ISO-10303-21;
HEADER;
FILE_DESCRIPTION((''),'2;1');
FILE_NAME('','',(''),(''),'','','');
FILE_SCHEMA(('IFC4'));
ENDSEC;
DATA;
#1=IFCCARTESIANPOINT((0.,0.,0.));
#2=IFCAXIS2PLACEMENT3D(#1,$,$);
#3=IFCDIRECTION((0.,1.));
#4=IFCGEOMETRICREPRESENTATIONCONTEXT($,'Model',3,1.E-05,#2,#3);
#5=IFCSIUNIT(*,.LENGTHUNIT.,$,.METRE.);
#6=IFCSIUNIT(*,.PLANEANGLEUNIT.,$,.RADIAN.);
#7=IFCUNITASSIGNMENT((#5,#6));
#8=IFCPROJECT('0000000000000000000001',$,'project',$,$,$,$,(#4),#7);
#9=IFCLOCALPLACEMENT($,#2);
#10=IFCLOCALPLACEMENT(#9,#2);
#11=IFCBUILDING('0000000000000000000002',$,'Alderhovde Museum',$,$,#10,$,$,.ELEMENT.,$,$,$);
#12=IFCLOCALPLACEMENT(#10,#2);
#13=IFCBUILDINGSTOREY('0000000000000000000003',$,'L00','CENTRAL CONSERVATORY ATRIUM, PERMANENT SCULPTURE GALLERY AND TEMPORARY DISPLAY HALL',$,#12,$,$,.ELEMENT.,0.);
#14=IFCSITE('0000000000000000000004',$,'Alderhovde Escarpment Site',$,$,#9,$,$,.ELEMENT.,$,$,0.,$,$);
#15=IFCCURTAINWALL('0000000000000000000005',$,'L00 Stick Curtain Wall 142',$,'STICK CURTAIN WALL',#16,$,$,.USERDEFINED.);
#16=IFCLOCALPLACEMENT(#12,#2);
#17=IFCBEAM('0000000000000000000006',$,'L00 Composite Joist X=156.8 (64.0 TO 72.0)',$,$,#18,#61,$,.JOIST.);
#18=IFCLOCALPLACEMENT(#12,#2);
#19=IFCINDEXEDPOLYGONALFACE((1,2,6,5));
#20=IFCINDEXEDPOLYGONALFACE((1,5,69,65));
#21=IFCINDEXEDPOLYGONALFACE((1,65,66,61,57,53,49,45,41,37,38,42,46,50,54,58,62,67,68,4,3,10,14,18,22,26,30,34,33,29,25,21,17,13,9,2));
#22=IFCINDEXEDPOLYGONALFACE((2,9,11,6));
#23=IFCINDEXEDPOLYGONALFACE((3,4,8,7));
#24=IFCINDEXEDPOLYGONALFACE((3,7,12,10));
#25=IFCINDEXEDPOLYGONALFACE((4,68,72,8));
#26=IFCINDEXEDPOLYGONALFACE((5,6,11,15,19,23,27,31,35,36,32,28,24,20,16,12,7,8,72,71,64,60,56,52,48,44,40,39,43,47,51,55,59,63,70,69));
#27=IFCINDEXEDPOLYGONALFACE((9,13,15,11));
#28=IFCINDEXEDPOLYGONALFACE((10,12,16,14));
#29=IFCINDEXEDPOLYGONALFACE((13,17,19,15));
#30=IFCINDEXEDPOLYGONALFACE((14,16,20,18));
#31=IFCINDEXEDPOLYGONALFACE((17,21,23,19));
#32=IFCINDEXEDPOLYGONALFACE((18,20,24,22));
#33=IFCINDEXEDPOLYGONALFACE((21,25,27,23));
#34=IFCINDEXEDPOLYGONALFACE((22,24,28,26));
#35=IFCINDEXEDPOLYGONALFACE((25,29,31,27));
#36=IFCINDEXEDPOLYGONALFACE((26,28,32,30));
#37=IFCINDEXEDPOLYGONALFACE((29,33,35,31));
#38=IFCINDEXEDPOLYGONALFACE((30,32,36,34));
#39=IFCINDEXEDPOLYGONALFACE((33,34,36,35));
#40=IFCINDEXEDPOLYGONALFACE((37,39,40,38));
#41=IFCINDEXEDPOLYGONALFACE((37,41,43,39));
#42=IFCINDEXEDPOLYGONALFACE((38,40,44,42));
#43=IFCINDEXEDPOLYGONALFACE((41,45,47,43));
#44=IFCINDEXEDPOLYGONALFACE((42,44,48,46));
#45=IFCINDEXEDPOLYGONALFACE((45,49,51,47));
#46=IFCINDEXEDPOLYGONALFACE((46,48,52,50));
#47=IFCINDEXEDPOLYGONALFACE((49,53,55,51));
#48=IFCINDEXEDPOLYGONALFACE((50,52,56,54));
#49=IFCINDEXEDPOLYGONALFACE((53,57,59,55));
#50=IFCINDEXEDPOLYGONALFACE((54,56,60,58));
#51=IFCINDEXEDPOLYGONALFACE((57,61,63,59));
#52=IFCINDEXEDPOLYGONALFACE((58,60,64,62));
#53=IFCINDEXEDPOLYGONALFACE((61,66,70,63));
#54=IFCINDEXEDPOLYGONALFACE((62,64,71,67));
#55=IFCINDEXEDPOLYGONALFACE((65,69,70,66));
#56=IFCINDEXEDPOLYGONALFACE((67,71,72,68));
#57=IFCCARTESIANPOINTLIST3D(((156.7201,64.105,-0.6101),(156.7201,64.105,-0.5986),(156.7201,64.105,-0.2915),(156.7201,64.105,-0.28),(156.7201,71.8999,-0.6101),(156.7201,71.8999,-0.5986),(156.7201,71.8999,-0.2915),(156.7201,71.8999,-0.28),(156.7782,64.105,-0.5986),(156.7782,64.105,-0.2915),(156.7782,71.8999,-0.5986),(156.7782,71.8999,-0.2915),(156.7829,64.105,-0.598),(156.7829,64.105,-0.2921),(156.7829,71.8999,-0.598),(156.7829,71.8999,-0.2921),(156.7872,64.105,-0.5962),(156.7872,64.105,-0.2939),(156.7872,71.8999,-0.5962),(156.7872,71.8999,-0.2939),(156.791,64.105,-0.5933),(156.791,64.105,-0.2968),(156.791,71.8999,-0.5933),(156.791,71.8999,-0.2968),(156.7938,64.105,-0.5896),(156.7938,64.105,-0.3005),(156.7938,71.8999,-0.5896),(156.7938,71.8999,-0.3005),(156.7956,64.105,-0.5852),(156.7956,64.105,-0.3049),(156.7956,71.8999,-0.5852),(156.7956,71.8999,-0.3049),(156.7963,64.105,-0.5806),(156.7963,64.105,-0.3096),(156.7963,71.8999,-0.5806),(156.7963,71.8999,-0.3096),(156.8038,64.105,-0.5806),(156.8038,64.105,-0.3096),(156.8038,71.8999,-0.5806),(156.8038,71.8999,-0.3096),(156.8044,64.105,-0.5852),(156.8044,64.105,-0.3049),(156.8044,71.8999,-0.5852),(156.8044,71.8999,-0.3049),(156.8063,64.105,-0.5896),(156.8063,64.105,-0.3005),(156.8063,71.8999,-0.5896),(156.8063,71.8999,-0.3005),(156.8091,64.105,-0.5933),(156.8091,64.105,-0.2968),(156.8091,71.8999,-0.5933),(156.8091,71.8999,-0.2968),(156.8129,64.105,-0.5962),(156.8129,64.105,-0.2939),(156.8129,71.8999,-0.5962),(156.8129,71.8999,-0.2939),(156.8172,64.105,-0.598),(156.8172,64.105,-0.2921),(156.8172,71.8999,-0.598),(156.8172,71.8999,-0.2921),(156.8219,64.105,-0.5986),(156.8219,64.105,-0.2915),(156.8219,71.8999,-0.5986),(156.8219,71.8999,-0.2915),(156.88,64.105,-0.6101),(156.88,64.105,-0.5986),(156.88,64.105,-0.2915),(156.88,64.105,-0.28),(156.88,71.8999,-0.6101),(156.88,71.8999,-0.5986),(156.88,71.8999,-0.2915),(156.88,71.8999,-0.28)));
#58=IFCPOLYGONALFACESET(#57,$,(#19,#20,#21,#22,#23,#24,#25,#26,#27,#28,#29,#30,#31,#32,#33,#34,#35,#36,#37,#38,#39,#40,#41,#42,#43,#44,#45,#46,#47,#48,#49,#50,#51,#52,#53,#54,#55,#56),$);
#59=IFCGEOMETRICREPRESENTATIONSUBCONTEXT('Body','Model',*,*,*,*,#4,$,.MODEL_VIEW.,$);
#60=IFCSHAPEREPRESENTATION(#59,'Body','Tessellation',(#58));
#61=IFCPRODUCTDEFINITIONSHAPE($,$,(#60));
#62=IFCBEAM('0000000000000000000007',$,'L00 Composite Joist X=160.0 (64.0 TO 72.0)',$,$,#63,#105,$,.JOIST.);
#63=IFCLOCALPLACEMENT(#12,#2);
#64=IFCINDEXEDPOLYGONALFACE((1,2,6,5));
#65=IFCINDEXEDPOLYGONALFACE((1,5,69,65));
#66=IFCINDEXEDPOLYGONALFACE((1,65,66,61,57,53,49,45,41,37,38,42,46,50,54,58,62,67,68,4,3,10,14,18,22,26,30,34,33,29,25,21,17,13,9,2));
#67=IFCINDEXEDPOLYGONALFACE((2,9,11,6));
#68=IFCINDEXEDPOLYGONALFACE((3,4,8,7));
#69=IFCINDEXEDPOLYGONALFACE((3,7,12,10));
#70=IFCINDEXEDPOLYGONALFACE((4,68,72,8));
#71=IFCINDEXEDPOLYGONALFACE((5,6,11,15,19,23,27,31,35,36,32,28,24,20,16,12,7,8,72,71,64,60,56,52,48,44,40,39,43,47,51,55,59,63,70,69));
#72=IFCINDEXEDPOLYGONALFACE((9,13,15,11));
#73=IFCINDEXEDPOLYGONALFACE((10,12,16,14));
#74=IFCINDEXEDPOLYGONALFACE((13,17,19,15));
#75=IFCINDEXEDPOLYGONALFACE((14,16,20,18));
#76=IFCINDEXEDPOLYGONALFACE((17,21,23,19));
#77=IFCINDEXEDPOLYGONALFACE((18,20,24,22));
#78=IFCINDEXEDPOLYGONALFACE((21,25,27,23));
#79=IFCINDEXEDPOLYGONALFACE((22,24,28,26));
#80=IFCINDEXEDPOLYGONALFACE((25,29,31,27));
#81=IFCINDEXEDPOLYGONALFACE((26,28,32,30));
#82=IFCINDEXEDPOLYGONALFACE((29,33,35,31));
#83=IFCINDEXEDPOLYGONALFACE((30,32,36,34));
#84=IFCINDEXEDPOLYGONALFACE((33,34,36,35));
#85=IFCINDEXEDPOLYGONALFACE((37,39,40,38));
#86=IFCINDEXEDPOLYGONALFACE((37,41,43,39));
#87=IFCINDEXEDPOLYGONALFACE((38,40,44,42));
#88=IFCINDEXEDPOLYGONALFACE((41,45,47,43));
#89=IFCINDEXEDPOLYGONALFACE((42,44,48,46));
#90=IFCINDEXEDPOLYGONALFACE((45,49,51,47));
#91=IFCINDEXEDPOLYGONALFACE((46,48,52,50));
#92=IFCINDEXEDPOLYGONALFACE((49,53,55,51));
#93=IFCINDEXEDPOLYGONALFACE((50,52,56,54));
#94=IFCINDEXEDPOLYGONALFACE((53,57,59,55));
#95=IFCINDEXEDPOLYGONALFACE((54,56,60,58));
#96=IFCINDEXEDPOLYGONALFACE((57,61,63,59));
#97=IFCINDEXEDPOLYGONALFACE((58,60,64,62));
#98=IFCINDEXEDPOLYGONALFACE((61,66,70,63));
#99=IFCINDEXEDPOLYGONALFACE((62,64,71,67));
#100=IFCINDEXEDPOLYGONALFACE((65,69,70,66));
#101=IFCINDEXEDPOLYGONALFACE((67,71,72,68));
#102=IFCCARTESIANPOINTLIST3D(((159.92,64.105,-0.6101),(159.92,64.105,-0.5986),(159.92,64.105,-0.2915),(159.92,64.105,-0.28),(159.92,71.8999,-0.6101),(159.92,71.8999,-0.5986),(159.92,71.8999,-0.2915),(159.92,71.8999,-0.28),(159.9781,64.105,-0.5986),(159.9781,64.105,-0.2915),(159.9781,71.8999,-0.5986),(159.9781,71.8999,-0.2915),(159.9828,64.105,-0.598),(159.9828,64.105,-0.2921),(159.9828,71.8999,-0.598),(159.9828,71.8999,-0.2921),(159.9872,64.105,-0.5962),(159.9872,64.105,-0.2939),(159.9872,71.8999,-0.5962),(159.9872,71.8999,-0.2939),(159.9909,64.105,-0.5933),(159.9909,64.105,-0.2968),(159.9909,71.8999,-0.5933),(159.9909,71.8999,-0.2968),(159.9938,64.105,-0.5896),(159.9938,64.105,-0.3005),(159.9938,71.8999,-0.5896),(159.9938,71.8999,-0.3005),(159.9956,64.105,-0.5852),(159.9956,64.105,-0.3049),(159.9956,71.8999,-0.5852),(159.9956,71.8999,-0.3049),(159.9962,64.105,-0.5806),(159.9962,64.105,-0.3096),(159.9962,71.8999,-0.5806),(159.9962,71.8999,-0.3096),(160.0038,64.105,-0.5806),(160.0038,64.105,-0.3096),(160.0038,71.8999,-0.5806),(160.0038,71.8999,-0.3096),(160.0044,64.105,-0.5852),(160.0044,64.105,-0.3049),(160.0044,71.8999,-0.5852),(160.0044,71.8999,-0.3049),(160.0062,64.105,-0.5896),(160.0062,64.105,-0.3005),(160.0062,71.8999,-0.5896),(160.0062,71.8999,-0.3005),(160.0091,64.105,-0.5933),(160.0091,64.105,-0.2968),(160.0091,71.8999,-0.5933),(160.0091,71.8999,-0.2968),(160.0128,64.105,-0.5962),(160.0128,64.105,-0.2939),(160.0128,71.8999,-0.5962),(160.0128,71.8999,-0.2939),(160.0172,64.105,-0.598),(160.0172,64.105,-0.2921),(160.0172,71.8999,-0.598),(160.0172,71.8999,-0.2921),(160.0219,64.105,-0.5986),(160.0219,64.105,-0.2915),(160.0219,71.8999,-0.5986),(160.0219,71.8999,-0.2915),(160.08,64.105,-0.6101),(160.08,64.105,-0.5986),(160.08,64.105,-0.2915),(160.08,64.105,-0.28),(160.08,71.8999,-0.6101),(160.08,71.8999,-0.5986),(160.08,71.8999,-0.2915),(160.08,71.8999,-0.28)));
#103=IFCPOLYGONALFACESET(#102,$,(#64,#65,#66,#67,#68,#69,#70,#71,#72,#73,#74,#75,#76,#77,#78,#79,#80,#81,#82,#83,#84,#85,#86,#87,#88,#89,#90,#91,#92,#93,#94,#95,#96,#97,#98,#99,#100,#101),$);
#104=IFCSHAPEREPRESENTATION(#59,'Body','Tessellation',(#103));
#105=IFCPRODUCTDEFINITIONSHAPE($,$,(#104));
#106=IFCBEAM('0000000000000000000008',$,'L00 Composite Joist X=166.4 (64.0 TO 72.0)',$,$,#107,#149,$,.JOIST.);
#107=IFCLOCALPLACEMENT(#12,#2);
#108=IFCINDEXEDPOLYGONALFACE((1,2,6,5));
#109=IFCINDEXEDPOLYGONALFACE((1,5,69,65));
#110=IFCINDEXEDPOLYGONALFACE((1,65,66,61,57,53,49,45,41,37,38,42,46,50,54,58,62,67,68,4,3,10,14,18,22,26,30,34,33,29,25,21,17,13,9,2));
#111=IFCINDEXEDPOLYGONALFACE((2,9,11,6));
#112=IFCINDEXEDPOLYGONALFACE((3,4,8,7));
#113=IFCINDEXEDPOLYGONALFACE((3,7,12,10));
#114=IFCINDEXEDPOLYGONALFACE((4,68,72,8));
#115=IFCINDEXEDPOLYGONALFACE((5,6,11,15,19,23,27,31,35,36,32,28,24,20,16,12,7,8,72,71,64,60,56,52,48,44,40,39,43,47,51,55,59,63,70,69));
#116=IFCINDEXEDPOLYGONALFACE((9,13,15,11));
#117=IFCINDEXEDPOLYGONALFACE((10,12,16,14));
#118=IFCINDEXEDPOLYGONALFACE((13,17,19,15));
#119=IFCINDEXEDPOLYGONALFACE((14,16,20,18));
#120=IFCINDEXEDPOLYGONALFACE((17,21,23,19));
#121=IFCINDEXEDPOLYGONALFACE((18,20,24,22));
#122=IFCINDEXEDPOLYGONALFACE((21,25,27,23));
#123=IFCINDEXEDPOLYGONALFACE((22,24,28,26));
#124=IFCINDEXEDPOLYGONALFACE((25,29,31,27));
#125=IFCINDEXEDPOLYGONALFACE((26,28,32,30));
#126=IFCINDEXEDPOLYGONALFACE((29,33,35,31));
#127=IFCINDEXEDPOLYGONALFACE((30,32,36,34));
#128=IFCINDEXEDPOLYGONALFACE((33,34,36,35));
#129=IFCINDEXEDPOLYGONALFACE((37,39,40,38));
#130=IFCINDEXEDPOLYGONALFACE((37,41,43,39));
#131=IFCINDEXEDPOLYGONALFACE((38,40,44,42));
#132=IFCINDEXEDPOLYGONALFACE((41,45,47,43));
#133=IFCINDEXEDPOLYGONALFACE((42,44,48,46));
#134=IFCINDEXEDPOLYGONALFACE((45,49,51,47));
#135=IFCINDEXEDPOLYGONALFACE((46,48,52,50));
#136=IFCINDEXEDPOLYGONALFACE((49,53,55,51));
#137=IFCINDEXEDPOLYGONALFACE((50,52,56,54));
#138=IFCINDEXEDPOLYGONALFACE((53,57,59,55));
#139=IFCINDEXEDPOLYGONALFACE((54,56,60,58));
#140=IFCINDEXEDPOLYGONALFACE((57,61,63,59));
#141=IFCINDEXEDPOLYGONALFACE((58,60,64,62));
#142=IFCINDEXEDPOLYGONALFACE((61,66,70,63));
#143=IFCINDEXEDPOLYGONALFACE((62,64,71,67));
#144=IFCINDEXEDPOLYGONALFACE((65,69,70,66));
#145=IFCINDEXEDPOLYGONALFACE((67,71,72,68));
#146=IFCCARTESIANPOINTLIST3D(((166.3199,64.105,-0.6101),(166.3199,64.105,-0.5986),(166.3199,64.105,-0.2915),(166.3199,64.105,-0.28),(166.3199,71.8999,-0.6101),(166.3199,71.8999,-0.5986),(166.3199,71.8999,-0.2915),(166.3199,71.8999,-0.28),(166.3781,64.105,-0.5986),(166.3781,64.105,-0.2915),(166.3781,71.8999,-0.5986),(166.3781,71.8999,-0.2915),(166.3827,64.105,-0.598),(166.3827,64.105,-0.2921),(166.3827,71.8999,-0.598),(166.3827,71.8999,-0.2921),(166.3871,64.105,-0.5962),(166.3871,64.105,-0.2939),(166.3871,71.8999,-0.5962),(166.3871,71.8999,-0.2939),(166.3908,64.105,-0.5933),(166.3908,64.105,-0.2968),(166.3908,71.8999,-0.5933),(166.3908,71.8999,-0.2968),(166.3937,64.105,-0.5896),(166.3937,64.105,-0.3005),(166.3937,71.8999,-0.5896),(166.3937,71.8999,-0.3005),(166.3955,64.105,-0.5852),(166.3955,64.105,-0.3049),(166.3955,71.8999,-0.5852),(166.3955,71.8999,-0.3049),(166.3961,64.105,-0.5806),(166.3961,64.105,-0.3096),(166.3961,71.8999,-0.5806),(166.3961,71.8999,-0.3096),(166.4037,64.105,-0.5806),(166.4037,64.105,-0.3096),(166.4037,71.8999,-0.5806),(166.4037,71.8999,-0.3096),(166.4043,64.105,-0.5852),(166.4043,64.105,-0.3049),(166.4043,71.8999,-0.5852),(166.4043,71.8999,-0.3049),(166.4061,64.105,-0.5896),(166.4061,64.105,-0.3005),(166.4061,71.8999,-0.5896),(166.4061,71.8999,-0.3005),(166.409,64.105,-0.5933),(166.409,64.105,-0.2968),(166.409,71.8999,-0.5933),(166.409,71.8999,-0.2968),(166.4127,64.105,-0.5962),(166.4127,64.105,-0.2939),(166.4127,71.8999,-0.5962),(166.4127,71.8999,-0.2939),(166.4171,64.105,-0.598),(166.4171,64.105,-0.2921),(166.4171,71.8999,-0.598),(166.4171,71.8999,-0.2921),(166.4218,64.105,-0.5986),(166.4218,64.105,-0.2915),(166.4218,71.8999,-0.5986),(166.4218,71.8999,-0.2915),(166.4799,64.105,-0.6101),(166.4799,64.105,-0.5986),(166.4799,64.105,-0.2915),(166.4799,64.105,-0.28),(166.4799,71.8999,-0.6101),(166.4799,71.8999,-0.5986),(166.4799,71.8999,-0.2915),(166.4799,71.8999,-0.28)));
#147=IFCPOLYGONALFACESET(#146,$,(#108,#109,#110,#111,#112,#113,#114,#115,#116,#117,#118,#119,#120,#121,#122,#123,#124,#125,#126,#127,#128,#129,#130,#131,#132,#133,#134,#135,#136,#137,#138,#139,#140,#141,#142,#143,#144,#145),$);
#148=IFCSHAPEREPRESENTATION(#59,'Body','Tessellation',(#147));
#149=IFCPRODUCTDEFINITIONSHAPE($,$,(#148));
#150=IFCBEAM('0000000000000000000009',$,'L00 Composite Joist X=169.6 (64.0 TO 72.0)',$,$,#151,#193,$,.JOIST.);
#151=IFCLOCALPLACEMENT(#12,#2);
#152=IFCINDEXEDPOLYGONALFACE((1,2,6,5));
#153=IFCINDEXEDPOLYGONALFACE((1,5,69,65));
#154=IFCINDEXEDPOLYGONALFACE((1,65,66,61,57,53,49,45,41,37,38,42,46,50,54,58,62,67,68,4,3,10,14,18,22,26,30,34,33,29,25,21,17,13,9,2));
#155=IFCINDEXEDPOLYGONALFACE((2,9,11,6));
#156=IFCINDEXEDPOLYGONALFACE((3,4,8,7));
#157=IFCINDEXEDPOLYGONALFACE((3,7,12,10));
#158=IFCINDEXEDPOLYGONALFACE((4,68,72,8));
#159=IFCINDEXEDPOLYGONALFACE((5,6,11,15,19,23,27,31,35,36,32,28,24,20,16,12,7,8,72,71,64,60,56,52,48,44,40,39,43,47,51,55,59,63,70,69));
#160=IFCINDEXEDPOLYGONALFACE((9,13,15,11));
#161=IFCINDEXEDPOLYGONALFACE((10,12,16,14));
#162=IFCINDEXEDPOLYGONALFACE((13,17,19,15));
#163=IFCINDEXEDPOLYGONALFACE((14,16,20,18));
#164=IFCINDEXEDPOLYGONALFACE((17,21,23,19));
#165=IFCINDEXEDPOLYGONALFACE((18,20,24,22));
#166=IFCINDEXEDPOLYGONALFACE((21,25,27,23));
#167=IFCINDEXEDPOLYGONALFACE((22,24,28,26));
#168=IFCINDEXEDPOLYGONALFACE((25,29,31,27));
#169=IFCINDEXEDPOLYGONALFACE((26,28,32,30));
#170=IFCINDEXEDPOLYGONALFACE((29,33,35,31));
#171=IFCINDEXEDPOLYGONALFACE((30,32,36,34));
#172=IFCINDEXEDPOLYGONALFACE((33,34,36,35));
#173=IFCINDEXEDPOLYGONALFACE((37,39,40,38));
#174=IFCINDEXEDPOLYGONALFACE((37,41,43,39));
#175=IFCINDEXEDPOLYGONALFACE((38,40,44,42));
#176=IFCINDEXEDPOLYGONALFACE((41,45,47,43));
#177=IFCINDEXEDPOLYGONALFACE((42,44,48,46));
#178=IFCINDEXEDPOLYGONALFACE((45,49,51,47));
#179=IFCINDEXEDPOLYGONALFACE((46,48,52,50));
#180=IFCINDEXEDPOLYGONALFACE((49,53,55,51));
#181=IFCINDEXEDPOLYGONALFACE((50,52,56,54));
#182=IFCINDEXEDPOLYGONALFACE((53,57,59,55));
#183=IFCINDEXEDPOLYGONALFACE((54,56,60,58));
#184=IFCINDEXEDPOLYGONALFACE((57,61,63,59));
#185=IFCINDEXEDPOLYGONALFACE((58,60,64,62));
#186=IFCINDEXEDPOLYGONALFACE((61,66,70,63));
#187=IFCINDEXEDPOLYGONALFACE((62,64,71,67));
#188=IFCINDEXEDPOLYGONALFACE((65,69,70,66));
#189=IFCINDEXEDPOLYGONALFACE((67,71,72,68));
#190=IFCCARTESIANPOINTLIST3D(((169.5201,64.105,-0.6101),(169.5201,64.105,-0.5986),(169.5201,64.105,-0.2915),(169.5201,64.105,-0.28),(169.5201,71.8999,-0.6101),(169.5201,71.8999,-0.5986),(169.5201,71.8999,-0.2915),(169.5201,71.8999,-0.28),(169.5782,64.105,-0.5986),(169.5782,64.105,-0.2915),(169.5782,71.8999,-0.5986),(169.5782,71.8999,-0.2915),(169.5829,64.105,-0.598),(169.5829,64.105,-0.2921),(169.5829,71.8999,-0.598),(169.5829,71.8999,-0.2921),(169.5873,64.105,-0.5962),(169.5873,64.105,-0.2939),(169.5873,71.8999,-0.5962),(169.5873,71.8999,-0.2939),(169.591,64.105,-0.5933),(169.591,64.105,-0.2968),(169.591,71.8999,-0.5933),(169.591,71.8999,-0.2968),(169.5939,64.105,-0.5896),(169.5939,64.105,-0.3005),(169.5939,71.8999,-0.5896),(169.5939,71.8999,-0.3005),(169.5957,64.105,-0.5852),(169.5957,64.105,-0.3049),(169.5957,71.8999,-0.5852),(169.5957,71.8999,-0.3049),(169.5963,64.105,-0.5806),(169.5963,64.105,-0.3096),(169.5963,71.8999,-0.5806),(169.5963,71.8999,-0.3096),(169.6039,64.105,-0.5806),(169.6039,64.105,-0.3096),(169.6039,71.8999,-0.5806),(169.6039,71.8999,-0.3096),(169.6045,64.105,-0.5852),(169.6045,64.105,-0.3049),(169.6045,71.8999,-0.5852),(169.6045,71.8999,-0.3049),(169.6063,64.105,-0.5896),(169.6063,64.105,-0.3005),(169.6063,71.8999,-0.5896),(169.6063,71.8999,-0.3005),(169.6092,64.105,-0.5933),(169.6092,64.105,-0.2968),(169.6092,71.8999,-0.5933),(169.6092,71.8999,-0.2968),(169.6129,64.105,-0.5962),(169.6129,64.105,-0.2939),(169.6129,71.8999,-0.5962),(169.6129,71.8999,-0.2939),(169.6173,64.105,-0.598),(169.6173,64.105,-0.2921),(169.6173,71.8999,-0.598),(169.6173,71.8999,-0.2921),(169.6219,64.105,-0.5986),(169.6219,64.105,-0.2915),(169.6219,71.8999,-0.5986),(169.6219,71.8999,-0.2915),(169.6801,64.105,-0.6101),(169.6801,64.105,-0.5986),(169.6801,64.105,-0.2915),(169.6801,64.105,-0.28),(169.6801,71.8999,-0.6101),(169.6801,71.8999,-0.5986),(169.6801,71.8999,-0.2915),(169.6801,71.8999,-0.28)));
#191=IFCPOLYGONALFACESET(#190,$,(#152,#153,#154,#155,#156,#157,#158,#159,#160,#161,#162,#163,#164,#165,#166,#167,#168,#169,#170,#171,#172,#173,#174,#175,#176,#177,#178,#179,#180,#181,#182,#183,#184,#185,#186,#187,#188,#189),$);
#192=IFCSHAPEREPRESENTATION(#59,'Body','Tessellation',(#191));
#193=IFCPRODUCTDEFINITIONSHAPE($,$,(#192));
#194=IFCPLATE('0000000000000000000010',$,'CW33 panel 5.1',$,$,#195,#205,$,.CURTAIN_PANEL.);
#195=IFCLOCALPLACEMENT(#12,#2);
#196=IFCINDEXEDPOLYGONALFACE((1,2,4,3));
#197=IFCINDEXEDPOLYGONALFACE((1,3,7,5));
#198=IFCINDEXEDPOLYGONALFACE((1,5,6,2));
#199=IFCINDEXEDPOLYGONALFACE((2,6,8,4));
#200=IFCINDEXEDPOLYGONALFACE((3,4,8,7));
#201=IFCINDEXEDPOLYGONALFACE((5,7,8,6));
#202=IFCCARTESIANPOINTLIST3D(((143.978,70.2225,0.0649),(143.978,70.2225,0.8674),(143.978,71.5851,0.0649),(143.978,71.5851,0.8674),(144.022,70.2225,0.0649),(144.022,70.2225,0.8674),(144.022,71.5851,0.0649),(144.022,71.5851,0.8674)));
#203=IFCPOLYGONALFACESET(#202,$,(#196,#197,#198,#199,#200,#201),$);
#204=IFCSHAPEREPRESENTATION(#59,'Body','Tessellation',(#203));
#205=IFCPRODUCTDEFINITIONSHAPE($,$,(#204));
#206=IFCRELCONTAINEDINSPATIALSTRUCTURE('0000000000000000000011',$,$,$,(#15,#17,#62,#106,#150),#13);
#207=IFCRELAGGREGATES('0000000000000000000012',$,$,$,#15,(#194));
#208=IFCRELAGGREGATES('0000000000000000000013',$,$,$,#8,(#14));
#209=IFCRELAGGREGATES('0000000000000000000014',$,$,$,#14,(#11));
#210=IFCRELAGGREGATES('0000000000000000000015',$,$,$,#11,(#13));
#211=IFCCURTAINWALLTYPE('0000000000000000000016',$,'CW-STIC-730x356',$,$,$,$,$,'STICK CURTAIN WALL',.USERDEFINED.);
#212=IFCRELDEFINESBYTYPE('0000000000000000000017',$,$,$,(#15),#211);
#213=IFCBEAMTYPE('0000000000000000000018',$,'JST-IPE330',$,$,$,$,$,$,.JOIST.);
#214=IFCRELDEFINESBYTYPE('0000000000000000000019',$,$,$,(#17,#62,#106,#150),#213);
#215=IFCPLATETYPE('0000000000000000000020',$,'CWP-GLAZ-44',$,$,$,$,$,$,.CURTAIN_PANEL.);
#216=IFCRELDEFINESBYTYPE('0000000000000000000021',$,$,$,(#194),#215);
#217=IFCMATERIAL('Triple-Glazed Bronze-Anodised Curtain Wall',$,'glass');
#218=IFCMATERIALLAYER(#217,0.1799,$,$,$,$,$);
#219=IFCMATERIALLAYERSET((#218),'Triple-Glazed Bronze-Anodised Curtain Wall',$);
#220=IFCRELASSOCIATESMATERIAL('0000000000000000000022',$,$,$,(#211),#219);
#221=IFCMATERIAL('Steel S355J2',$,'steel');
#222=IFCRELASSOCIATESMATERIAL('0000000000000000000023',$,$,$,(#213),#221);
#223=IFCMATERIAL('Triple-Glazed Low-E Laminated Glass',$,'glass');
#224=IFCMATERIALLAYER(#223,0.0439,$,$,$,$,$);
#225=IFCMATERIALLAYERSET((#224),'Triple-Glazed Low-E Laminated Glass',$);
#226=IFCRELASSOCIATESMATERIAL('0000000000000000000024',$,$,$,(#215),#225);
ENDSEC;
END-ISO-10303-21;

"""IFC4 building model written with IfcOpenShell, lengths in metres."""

from ifc_helpers import new_model, si_unit, direction, frame, origin, origin_2d, place, context, subcontext, project, spatial, rectangle, i_section, extrude, material, layer, layer_set, material_profile, profile_set, type_object, element, aggregate, save


model = new_model("IFC4")

# Units and contexts
model_context = context("Model", 3, precision=1e-05, world=origin(), true_north=direction((0.0, 1.0)))
body_context = subcontext(model_context, "Body", "Model", "MODEL_VIEW")
ifc_project = project(units=[si_unit("LENGTHUNIT", "METRE"), si_unit("PLANEANGLEUNIT", "RADIAN")], contexts=[model_context])

# Site, building, storey
site_placement = place(None, origin())
site = spatial("IfcSite", under=ifc_project, at=site_placement, Name="Alderhovde Escarpment Site", CompositionType="ELEMENT", RefElevation=0.0)
building_placement = place(site_placement, origin())
building = spatial("IfcBuilding", under=site, at=building_placement, Name="Alderhovde Museum", CompositionType="ELEMENT")
storey_placement = place(building_placement, origin())
storey = spatial("IfcBuildingStorey", under=building, at=storey_placement, Name="L00", Description="CENTRAL CONSERVATORY ATRIUM, PERMANENT SCULPTURE GALLERY AND TEMPORARY DISPLAY HALL", CompositionType="ELEMENT", Elevation=0.0)

# Curtain wall
ifc_material_1 = material(Name="Triple-Glazed Bronze-Anodised Curtain Wall", Category="glass")
ifc_layer_1 = layer(ifc_material_1, 0.1799)
ifc_layer_set_1 = layer_set([ifc_layer_1], Name="Triple-Glazed Bronze-Anodised Curtain Wall")
curtain_wall_type = type_object("IfcCurtainWallType", Name="CW-STIC-730x356", ElementType="STICK CURTAIN WALL", PredefinedType="USERDEFINED", material=ifc_layer_set_1)
curtain_wall_placement = place(storey_placement, origin())
curtain_wall = element("IfcCurtainWall", 1, at=curtain_wall_placement, inside=storey, type_object=curtain_wall_type, Name="L00 Stick Curtain Wall 142", ObjectType="STICK CURTAIN WALL", PredefinedType="USERDEFINED")

# Beams
ifc_material_2 = material(Name="Steel S355J2", Category="steel")
ifc_material_profile_1 = material_profile(ifc_material_2, i_section(OverallWidth=0.1599, OverallDepth=0.3301, WebThickness=0.0076, FlangeThickness=0.0115, FilletRadius=0.0181, at=origin_2d()), Name="IPE 330")
ifc_profile_set_1 = profile_set([ifc_material_profile_1], Name="Steel S355J2")
beam_type_1 = type_object("IfcBeamType", Name="JST-IPE330", PredefinedType="JOIST", material=ifc_profile_set_1)
for number, where, z_axis, x_axis, name in (
    (2, (156.8, 64.105, -0.4451), (0.0, 1.0, 0.0), (-1.0, 0.0, 0.0), "L00 Composite Joist X=156.8 (64.0 TO 72.0)"),
    (3, (160.0, 64.105, -0.4451), (0.0, 1.0, 0.0), (-1.0, 0.0, 0.0), "L00 Composite Joist X=160.0 (64.0 TO 72.0)"),
    (4, (166.3999, 64.105, -0.4451), (0.0, 1.0, 0.0), (-1.0, 0.0, 0.0), "L00 Composite Joist X=166.4 (64.0 TO 72.0)"),
    (5, (169.6001, 64.105, -0.4451), (0.0, 1.0, 0.0), (-1.0, 0.0, 0.0), "L00 Composite Joist X=169.6 (64.0 TO 72.0)"),
):
    element("IfcBeam", number, at=place(storey_placement, frame(where, z_axis=z_axis, x_axis=x_axis)), inside=storey, type_object=beam_type_1, Name=name, PredefinedType="JOIST", context=body_context, shape_type="SweptSolid", body=[
        extrude(i_section(OverallWidth=0.1599, OverallDepth=0.3301, WebThickness=0.0076, FlangeThickness=0.0115, FilletRadius=0.0181, at=origin_2d()), origin(), (0.0, 0.0, 1.0), 7.7949),
    ])

# Plate
ifc_material_3 = material(Name="Triple-Glazed Low-E Laminated Glass", Category="glass")
ifc_layer_2 = layer(ifc_material_3, 0.0439)
ifc_layer_set_2 = layer_set([ifc_layer_2], Name="Triple-Glazed Low-E Laminated Glass")
plate_type = type_object("IfcPlateType", Name="CWP-GLAZ-44", PredefinedType="CURTAIN_PANEL", material=ifc_layer_set_2)
plate_1_placement = place(storey_placement, frame((144.0, 70.9038, 0.0649), z_axis=(0.0, 0.0, 1.0), x_axis=(0.0, 1.0, 0.0)))
plate_1 = element("IfcPlate", 6, at=plate_1_placement, type_object=plate_type, Name="CW33 panel 5.1", PredefinedType="CURTAIN_PANEL", context=body_context, shape_type="SweptSolid", body=[
    extrude(rectangle(XDim=1.3625, YDim=0.0439, at=origin_2d()), origin(), (0.0, 0.0, 1.0), 0.8025),
])
aggregate(curtain_wall, [plate_1])

save(model, "model.ifc")
